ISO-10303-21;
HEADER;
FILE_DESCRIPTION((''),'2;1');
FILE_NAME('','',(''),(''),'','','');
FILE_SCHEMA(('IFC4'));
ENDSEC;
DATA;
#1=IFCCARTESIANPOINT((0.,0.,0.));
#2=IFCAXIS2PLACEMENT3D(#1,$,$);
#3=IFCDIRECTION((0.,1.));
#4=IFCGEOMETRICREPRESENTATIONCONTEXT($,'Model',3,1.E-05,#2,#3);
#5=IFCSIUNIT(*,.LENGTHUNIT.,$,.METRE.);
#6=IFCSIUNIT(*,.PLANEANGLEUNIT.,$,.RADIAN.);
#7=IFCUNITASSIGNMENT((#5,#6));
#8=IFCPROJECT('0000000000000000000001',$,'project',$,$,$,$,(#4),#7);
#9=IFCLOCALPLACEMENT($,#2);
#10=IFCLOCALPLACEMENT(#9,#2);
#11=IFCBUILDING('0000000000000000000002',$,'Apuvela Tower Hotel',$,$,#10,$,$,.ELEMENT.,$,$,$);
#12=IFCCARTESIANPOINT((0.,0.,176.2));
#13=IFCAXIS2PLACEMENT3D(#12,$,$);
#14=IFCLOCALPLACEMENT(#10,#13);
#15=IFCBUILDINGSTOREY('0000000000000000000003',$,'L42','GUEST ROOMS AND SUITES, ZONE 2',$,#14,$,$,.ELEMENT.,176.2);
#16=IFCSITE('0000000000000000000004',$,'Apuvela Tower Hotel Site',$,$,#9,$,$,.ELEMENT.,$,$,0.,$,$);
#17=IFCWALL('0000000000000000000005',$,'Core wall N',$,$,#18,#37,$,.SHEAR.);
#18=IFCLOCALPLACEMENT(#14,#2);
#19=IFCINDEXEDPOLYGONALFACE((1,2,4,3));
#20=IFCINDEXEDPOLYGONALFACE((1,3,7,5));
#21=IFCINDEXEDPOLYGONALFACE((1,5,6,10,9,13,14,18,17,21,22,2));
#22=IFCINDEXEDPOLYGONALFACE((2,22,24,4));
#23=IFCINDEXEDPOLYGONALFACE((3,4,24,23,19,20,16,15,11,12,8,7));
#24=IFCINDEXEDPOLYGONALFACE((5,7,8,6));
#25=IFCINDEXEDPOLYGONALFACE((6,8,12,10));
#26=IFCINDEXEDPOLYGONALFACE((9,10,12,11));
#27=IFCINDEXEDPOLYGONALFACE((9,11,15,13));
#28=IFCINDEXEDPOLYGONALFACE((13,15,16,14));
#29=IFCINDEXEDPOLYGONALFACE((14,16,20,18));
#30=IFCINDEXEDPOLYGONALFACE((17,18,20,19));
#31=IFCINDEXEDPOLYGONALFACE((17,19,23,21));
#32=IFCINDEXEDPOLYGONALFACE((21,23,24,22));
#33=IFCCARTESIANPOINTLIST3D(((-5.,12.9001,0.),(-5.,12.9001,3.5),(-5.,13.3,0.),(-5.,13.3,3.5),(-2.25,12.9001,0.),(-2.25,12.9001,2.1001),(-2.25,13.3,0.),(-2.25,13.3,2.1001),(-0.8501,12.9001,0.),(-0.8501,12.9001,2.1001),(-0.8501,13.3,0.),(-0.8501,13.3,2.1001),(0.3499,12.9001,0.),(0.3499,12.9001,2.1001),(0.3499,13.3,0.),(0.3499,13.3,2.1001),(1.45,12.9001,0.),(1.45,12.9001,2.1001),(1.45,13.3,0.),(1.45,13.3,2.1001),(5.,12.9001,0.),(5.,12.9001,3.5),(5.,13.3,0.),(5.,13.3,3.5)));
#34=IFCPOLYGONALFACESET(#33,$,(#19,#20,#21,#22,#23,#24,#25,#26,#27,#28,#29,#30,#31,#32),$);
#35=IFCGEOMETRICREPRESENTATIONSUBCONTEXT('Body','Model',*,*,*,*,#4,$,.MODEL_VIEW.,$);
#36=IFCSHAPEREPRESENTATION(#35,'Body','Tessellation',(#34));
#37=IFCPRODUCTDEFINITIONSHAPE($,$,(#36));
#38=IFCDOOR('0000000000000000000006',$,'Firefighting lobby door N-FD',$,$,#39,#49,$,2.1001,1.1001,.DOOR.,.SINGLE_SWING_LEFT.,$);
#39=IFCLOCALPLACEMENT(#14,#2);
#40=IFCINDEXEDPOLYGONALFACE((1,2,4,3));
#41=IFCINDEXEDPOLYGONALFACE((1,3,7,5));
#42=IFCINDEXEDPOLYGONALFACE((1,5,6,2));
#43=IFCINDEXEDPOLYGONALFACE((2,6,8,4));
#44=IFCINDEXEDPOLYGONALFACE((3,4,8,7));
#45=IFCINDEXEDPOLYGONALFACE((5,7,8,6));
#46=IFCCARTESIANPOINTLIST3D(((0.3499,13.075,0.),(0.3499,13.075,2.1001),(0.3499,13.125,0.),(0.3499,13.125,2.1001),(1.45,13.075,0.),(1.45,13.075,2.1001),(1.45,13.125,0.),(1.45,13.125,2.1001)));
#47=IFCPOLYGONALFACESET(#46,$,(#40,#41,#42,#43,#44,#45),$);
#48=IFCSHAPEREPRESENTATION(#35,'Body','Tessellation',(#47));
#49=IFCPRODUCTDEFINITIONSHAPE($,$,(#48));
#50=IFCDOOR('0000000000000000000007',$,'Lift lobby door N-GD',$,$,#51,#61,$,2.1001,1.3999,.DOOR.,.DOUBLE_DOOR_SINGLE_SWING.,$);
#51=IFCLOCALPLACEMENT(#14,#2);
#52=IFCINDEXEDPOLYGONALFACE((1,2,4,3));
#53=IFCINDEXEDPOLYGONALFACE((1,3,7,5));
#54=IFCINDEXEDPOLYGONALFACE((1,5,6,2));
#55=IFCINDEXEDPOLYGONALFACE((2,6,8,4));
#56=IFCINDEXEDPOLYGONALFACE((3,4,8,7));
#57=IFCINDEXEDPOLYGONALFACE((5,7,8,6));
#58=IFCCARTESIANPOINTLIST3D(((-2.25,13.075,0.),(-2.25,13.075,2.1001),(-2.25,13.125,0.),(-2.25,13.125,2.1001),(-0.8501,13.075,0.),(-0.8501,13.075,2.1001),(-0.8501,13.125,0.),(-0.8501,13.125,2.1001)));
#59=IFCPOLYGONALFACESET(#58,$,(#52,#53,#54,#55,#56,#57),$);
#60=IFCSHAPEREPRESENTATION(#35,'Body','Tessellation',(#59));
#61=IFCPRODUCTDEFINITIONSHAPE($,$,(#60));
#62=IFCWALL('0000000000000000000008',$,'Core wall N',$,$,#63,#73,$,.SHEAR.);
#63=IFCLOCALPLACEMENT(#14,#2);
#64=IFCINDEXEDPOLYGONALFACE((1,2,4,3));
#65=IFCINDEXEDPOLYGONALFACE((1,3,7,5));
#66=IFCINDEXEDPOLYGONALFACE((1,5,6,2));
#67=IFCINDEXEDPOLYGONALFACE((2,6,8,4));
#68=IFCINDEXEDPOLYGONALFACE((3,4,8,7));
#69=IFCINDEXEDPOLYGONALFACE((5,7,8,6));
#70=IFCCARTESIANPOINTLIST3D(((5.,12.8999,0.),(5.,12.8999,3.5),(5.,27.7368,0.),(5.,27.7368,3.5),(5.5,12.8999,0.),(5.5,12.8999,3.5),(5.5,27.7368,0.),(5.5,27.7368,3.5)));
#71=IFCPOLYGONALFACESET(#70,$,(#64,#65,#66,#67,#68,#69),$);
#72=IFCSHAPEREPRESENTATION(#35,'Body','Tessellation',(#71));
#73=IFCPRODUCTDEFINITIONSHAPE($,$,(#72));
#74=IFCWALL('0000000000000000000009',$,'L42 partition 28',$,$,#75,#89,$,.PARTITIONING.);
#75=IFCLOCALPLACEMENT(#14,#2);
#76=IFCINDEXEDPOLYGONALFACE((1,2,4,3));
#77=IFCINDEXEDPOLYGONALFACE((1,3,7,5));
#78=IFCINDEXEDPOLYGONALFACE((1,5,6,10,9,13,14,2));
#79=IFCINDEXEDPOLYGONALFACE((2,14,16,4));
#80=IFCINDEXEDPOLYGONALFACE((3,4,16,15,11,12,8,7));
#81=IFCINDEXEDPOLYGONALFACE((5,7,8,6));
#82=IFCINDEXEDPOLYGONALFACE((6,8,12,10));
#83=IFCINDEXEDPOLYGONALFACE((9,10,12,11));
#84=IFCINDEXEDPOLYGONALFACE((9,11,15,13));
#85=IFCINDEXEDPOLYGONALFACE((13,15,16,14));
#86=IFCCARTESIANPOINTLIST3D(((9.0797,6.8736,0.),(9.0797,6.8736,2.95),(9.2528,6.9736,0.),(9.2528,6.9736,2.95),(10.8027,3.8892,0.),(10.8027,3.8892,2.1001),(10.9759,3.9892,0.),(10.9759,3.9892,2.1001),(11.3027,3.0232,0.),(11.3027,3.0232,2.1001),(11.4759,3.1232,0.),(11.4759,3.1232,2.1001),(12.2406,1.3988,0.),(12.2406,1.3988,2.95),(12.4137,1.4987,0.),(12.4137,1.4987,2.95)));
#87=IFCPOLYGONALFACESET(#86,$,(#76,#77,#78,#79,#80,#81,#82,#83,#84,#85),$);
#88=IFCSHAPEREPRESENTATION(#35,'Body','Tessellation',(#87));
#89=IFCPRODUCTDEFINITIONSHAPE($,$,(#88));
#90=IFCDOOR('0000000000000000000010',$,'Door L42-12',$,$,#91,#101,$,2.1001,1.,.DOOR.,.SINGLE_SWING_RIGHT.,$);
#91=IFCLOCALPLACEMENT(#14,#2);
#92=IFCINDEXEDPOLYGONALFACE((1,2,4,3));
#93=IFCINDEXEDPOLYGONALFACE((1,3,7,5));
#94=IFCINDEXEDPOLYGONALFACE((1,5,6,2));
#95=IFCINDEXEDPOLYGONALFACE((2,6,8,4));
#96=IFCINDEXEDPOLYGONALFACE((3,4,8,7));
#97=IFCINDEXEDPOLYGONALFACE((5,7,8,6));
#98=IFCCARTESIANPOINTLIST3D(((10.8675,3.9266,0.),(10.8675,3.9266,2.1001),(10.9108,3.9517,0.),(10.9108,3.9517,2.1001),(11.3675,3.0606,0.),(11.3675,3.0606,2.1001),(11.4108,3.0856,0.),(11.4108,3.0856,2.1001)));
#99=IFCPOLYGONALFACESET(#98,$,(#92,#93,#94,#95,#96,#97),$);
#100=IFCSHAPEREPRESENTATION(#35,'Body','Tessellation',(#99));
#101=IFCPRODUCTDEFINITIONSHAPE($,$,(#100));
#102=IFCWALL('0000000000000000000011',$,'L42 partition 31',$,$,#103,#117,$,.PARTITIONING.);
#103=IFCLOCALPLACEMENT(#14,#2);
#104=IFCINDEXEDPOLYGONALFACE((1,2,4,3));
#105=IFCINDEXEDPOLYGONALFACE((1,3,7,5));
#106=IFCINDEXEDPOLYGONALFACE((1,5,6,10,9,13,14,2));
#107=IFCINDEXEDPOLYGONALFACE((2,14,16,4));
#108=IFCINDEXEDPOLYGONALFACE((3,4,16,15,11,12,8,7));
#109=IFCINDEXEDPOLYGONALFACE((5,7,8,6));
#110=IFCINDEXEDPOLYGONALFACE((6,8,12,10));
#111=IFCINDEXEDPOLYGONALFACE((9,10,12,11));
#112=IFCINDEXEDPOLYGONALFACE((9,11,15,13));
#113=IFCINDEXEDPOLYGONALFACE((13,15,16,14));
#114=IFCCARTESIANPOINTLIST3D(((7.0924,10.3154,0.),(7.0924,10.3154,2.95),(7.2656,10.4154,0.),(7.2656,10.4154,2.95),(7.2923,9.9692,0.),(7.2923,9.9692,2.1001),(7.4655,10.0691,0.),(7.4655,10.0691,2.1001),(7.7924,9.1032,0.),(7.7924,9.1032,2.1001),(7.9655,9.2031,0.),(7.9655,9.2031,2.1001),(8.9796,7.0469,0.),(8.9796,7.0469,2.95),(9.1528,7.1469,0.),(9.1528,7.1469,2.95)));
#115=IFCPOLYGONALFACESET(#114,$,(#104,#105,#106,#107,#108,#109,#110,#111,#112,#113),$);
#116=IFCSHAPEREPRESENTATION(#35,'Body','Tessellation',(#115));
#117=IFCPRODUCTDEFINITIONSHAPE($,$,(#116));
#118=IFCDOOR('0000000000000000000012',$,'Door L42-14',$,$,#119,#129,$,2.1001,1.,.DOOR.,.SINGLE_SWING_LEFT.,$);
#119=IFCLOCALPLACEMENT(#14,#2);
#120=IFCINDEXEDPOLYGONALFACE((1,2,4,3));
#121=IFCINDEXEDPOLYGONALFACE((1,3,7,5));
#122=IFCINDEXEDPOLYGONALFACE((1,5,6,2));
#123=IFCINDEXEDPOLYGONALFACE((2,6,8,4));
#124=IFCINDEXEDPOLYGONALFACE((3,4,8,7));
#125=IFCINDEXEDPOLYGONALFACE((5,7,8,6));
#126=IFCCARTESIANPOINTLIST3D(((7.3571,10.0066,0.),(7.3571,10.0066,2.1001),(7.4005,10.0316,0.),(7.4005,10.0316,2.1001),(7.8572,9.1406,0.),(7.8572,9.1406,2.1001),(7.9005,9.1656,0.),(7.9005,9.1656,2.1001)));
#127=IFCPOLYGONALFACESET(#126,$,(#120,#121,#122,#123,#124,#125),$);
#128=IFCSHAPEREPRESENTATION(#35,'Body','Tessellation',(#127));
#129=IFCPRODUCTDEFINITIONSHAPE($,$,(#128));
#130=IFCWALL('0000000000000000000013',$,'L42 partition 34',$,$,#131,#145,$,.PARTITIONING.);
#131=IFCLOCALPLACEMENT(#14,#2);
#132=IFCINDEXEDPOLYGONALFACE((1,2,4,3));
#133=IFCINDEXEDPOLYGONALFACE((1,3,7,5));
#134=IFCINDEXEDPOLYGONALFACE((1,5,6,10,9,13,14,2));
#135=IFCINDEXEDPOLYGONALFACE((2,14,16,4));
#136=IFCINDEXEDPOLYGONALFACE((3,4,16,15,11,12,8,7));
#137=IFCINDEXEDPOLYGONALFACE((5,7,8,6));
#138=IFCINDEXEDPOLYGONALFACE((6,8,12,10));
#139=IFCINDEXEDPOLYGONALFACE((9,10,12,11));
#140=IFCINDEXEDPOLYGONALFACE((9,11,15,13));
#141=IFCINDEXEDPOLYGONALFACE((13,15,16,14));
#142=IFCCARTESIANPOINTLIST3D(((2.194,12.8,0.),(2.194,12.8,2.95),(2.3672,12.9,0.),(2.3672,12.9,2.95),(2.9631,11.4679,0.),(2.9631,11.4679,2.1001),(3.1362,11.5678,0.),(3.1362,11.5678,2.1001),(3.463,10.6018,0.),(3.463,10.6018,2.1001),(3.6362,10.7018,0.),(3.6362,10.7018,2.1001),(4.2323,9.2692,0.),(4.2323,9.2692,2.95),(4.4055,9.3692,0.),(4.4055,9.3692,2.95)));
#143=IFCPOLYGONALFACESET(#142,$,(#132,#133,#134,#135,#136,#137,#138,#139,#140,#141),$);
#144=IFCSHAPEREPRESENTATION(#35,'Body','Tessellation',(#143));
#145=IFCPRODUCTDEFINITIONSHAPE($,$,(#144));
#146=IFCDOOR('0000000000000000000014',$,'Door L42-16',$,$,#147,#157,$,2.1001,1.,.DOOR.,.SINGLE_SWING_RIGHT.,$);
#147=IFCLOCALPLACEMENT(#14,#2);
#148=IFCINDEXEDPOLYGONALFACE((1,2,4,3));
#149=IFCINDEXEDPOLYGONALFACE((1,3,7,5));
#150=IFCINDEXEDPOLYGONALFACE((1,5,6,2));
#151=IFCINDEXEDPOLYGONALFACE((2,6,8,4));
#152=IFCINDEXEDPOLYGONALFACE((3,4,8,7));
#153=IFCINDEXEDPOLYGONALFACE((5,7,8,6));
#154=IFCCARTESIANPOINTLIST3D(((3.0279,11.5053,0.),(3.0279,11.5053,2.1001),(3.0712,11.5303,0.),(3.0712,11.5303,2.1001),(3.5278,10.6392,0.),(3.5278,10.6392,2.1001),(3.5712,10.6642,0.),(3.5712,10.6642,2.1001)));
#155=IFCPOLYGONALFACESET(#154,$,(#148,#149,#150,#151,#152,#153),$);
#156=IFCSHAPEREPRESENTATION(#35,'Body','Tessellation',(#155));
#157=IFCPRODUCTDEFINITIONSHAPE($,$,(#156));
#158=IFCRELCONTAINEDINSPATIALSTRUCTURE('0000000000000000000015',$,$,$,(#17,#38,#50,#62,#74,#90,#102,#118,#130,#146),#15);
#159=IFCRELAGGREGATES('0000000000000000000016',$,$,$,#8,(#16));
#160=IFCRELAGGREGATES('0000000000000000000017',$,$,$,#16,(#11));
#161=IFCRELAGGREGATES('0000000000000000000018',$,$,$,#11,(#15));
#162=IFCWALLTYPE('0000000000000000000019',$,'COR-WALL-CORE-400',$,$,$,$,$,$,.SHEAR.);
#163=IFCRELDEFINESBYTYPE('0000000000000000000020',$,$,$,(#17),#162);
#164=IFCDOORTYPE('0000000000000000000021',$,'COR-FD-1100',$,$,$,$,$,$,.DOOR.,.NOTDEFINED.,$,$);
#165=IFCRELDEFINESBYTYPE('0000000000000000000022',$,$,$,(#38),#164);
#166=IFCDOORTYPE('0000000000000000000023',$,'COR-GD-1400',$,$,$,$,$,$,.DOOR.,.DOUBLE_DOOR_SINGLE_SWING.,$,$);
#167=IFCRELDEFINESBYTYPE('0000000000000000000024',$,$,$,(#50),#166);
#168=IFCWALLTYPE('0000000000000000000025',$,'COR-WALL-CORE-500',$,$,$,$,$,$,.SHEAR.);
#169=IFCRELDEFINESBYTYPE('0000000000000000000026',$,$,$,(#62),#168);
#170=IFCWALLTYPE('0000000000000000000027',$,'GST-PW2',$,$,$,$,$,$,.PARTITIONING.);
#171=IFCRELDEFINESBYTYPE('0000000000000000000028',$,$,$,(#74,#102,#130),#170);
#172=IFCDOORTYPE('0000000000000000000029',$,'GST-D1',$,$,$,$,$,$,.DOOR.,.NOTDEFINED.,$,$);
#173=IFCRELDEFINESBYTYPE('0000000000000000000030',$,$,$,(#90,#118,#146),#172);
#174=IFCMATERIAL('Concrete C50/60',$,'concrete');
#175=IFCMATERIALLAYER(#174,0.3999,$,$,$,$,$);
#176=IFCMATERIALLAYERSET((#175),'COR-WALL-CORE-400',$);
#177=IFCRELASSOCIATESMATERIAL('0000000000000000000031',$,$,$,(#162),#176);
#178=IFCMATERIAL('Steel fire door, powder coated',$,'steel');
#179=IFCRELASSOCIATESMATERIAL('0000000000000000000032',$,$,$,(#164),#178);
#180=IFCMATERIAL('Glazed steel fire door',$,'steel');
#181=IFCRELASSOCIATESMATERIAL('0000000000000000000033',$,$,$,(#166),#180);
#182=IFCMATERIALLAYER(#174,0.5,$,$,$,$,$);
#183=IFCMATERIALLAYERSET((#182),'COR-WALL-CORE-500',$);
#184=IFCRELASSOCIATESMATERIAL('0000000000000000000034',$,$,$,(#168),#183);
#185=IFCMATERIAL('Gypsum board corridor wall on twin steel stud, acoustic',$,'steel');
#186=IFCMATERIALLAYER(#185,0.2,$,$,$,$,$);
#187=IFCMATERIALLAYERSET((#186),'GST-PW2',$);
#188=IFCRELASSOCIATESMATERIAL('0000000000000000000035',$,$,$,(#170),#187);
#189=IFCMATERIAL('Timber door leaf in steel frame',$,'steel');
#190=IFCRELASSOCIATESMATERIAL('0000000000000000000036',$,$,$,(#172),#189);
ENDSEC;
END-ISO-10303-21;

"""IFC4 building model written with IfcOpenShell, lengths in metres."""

from ifc_helpers import new_model, si_unit, direction, frame, frame_2d, origin, place, context, subcontext, project, spatial, rectangle, extrude, material, layer, layer_set, type_object, element, fill, save


model = new_model("IFC4")

# Units and contexts
model_context = context("Model", 3, precision=1e-05, world=origin(), true_north=direction((0.0, 1.0)))
body_context = subcontext(model_context, "Body", "Model", "MODEL_VIEW")
ifc_project = project(units=[si_unit("LENGTHUNIT", "METRE"), si_unit("PLANEANGLEUNIT", "RADIAN")], contexts=[model_context])

# Site, building, storey
site_placement = place(None, origin())
site = spatial("IfcSite", under=ifc_project, at=site_placement, Name="Apuvela Tower Hotel Site", CompositionType="ELEMENT", RefElevation=0.0)
building_placement = place(site_placement, origin())
building = spatial("IfcBuilding", under=site, at=building_placement, Name="Apuvela Tower Hotel", CompositionType="ELEMENT")
storey_placement = place(building_placement, frame((0.0, 0.0, 176.2)))
storey = spatial("IfcBuildingStorey", under=building, at=storey_placement, Name="L42", Description="GUEST ROOMS AND SUITES, ZONE 2", CompositionType="ELEMENT", Elevation=176.2)

# Shared definitions
ifc_material_1 = material(Name="Concrete C50/60", Category="concrete")

# Wall, openings, doors
ifc_layer_1 = layer(ifc_material_1, 0.3999)
ifc_layer_set_1 = layer_set([ifc_layer_1], Name="COR-WALL-CORE-400")
wall_type_1 = type_object("IfcWallType", Name="COR-WALL-CORE-400", PredefinedType="SHEAR", material=ifc_layer_set_1)
wall_1_placement = place(storey_placement, frame((5.0, 13.1001, 0.0), z_axis=(0.0, 0.0, 1.0), x_axis=(-1.0, 0.0, 0.0)))
wall_1 = element("IfcWall", 1, at=wall_1_placement, inside=storey, type_object=wall_type_1, Name="Core wall N", PredefinedType="SHEAR", context=body_context, shape_type="SweptSolid", body=[
    extrude(rectangle(XDim=10.0, YDim=0.3999, at=frame_2d((5.0, 0.0))), origin(), (0.0, 0.0, 1.0), 3.5),
])
opening_1_placement = place(wall_1_placement, frame((3.55, 0.0, 0.0)))
opening_1 = element("IfcOpeningElement", 2, at=opening_1_placement, cuts=wall_1, PredefinedType="OPENING", context=body_context, shape_type="SweptSolid", body=[
    extrude(rectangle(XDim=1.1001, YDim=2.1001, at=frame_2d((0.55, 1.05))), frame((0.0, 0.21, 0.0), z_axis=(0.0, -1.0, 0.0), x_axis=(1.0, 0.0, 0.0)), (0.0, 0.0, 1.0), 0.4199),
])
opening_2_placement = place(wall_1_placement, frame((5.8501, 0.0, 0.0)))
opening_2 = element("IfcOpeningElement", 3, at=opening_2_placement, cuts=wall_1, PredefinedType="OPENING", context=body_context, shape_type="SweptSolid", body=[
    extrude(rectangle(XDim=1.3999, YDim=2.1001, at=frame_2d((0.7, 1.05))), frame((0.0, 0.21, 0.0), z_axis=(0.0, -1.0, 0.0), x_axis=(1.0, 0.0, 0.0)), (0.0, 0.0, 1.0), 0.4199),
])
ifc_material_2 = material(Name="Steel fire door, powder coated", Category="steel")
door_type_1 = type_object("IfcDoorType", Name="COR-FD-1100", OperationType="NOTDEFINED", PredefinedType="DOOR", material=ifc_material_2)
door_1_placement = place(opening_1_placement, frame((1.1001, 0.0, 0.0), z_axis=(0.0, 0.0, 1.0), x_axis=(-1.0, 0.0, 0.0)))
door_1 = element("IfcDoor", 4, at=door_1_placement, inside=storey, type_object=door_type_1, Name="Firefighting lobby door N-FD", OperationType="SINGLE_SWING_LEFT", OverallHeight=2.1001, OverallWidth=1.1001, PredefinedType="DOOR", context=body_context, shape_type="SweptSolid", body=[
    extrude(rectangle(XDim=1.1001, YDim=2.1001, at=frame_2d((0.55, 1.05))), frame((0.0, 0.0249, 0.0), z_axis=(0.0, -1.0, 0.0), x_axis=(1.0, 0.0, 0.0)), (0.0, 0.0, 1.0), 0.05),
])
fill(opening_1, door_1)
ifc_material_3 = material(Name="Glazed steel fire door", Category="steel")
door_type_2 = type_object("IfcDoorType", Name="COR-GD-1400", OperationType="DOUBLE_DOOR_SINGLE_SWING", PredefinedType="DOOR", material=ifc_material_3)
door_2_placement = place(opening_2_placement, frame((1.3999, 0.0, 0.0), z_axis=(0.0, 0.0, 1.0), x_axis=(-1.0, 0.0, 0.0)))
door_2 = element("IfcDoor", 5, at=door_2_placement, inside=storey, type_object=door_type_2, Name="Lift lobby door N-GD", OperationType="DOUBLE_DOOR_SINGLE_SWING", OverallHeight=2.1001, OverallWidth=1.3999, PredefinedType="DOOR", context=body_context, shape_type="SweptSolid", body=[
    extrude(rectangle(XDim=1.3999, YDim=2.1001, at=frame_2d((0.7, 1.05))), frame((0.0, 0.0249, 0.0), z_axis=(0.0, -1.0, 0.0), x_axis=(1.0, 0.0, 0.0)), (0.0, 0.0, 1.0), 0.05),
])
fill(opening_2, door_2)

# Wall
ifc_layer_2 = layer(ifc_material_1, 0.5)
ifc_layer_set_2 = layer_set([ifc_layer_2], Name="COR-WALL-CORE-500")
wall_type_2 = type_object("IfcWallType", Name="COR-WALL-CORE-500", PredefinedType="SHEAR", material=ifc_layer_set_2)
wall_2_placement = place(storey_placement, frame((5.25, 12.8999, 0.0), z_axis=(0.0, 0.0, 1.0), x_axis=(0.0, 1.0, 0.0)))
element("IfcWall", 6, at=wall_2_placement, inside=storey, type_object=wall_type_2, Name="Core wall N", PredefinedType="SHEAR", context=body_context, shape_type="SweptSolid", body=[
    extrude(rectangle(XDim=14.8369, YDim=0.5, at=frame_2d((7.4185, 0.0))), origin(), (0.0, 0.0, 1.0), 3.5),
])

# Walls, openings, doors
ifc_material_4 = material(Name="Gypsum board corridor wall on twin steel stud, acoustic", Category="steel")
ifc_layer_3 = layer(ifc_material_4, 0.2)
ifc_layer_set_3 = layer_set([ifc_layer_3], Name="GST-PW2")
wall_type_3 = type_object("IfcWallType", Name="GST-PW2", PredefinedType="PARTITIONING", material=ifc_layer_set_3)
wall_3_placement = place(storey_placement, frame((9.1663, 6.9236, 0.0), z_axis=(0.0, 0.0, 1.0), x_axis=(0.499998, -0.866027, 0.0)))
wall_3 = element("IfcWall", 7, at=wall_3_placement, inside=storey, type_object=wall_type_3, Name="L42 partition 28", PredefinedType="PARTITIONING", context=body_context, shape_type="SweptSolid", body=[
    extrude(rectangle(XDim=6.3218, YDim=0.2, at=frame_2d((3.1609, 0.0))), origin(), (0.0, 0.0, 1.0), 2.95),
])
opening_3_placement = place(wall_3_placement, frame((3.446, 0.0, 0.0)))
opening_3 = element("IfcOpeningElement", 8, at=opening_3_placement, cuts=wall_3, PredefinedType="OPENING", context=body_context, shape_type="SweptSolid", body=[
    extrude(rectangle(XDim=1.0, YDim=2.1001, at=frame_2d((0.5, 1.05))), frame((0.0, 0.1099, 0.0), z_axis=(0.0, -1.0, 0.0), x_axis=(1.0, 0.0, 0.0)), (0.0, 0.0, 1.0), 0.22),
])
ifc_material_5 = material(Name="Timber door leaf in steel frame", Category="steel")
door_type_3 = type_object("IfcDoorType", Name="GST-D1", OperationType="NOTDEFINED", PredefinedType="DOOR", material=ifc_material_5)
door_3_placement = place(opening_3_placement, origin())
door_3 = element("IfcDoor", 9, at=door_3_placement, inside=storey, type_object=door_type_3, Name="Door L42-12", OperationType="SINGLE_SWING_RIGHT", OverallHeight=2.1001, OverallWidth=1.0, PredefinedType="DOOR", context=body_context, shape_type="SweptSolid", body=[
    extrude(rectangle(XDim=1.0, YDim=2.1001, at=frame_2d((0.5, 1.05))), frame((0.0, 0.0249, 0.0), z_axis=(0.0, -1.0, 0.0), x_axis=(1.0, 0.0, 0.0)), (0.0, 0.0, 1.0), 0.05),
])
fill(opening_3, door_3)
wall_4_placement = place(storey_placement, frame((7.179, 10.3655, 0.0), z_axis=(0.0, 0.0, 1.0), x_axis=(0.500021, -0.866013, 0.0)))
wall_4 = element("IfcWall", 10, at=wall_4_placement, inside=storey, type_object=wall_type_3, Name="L42 partition 31", PredefinedType="PARTITIONING", context=body_context, shape_type="SweptSolid", body=[
    extrude(rectangle(XDim=3.7742, YDim=0.2, at=frame_2d((1.8872, 0.0))), origin(), (0.0, 0.0, 1.0), 2.95),
])
opening_4_placement = place(wall_4_placement, frame((0.3999, 0.0, 0.0)))
opening_4 = element("IfcOpeningElement", 11, at=opening_4_placement, cuts=wall_4, PredefinedType="OPENING", context=body_context, shape_type="SweptSolid", body=[
    extrude(rectangle(XDim=1.0, YDim=2.1001, at=frame_2d((0.5, 1.05))), frame((0.0, 0.1099, 0.0), z_axis=(0.0, -1.0, 0.0), x_axis=(1.0, 0.0, 0.0)), (0.0, 0.0, 1.0), 0.22),
])
door_4_placement = place(opening_4_placement, origin())
door_4 = element("IfcDoor", 12, at=door_4_placement, inside=storey, type_object=door_type_3, Name="Door L42-14", OperationType="SINGLE_SWING_LEFT", OverallHeight=2.1001, OverallWidth=1.0, PredefinedType="DOOR", context=body_context, shape_type="SweptSolid", body=[
    extrude(rectangle(XDim=1.0, YDim=2.1001, at=frame_2d((0.5, 1.05))), frame((0.0, 0.0249, 0.0), z_axis=(0.0, -1.0, 0.0), x_axis=(1.0, 0.0, 0.0)), (0.0, 0.0, 1.0), 0.05),
])
fill(opening_4, door_4)
wall_5_placement = place(storey_placement, frame((2.2805, 12.8501, 0.0), z_axis=(0.0, 0.0, 1.0), x_axis=(0.499971, -0.866042, 0.0)))
wall_5 = element("IfcWall", 13, at=wall_5_placement, inside=storey, type_object=wall_type_3, Name="L42 partition 34", PredefinedType="PARTITIONING", context=body_context, shape_type="SweptSolid", body=[
    extrude(rectangle(XDim=4.0769, YDim=0.2, at=frame_2d((2.0386, 0.0))), origin(), (0.0, 0.0, 1.0), 2.95),
])
opening_5_placement = place(wall_5_placement, frame((1.5383, 0.0, 0.0)))
opening_5 = element("IfcOpeningElement", 14, at=opening_5_placement, cuts=wall_5, PredefinedType="OPENING", context=body_context, shape_type="SweptSolid", body=[
    extrude(rectangle(XDim=1.0, YDim=2.1001, at=frame_2d((0.5, 1.05))), frame((0.0, 0.1099, 0.0), z_axis=(0.0, -1.0, 0.0), x_axis=(1.0, 0.0, 0.0)), (0.0, 0.0, 1.0), 0.22),
])
door_5_placement = place(opening_5_placement, origin())
door_5 = element("IfcDoor", 15, at=door_5_placement, inside=storey, type_object=door_type_3, Name="Door L42-16", OperationType="SINGLE_SWING_RIGHT", OverallHeight=2.1001, OverallWidth=1.0, PredefinedType="DOOR", context=body_context, shape_type="SweptSolid", body=[
    extrude(rectangle(XDim=1.0, YDim=2.1001, at=frame_2d((0.5, 1.05))), frame((0.0, 0.0249, 0.0), z_axis=(0.0, -1.0, 0.0), x_axis=(1.0, 0.0, 0.0)), (0.0, 0.0, 1.0), 0.05),
])
fill(opening_5, door_5)

save(model, "model.ifc")
